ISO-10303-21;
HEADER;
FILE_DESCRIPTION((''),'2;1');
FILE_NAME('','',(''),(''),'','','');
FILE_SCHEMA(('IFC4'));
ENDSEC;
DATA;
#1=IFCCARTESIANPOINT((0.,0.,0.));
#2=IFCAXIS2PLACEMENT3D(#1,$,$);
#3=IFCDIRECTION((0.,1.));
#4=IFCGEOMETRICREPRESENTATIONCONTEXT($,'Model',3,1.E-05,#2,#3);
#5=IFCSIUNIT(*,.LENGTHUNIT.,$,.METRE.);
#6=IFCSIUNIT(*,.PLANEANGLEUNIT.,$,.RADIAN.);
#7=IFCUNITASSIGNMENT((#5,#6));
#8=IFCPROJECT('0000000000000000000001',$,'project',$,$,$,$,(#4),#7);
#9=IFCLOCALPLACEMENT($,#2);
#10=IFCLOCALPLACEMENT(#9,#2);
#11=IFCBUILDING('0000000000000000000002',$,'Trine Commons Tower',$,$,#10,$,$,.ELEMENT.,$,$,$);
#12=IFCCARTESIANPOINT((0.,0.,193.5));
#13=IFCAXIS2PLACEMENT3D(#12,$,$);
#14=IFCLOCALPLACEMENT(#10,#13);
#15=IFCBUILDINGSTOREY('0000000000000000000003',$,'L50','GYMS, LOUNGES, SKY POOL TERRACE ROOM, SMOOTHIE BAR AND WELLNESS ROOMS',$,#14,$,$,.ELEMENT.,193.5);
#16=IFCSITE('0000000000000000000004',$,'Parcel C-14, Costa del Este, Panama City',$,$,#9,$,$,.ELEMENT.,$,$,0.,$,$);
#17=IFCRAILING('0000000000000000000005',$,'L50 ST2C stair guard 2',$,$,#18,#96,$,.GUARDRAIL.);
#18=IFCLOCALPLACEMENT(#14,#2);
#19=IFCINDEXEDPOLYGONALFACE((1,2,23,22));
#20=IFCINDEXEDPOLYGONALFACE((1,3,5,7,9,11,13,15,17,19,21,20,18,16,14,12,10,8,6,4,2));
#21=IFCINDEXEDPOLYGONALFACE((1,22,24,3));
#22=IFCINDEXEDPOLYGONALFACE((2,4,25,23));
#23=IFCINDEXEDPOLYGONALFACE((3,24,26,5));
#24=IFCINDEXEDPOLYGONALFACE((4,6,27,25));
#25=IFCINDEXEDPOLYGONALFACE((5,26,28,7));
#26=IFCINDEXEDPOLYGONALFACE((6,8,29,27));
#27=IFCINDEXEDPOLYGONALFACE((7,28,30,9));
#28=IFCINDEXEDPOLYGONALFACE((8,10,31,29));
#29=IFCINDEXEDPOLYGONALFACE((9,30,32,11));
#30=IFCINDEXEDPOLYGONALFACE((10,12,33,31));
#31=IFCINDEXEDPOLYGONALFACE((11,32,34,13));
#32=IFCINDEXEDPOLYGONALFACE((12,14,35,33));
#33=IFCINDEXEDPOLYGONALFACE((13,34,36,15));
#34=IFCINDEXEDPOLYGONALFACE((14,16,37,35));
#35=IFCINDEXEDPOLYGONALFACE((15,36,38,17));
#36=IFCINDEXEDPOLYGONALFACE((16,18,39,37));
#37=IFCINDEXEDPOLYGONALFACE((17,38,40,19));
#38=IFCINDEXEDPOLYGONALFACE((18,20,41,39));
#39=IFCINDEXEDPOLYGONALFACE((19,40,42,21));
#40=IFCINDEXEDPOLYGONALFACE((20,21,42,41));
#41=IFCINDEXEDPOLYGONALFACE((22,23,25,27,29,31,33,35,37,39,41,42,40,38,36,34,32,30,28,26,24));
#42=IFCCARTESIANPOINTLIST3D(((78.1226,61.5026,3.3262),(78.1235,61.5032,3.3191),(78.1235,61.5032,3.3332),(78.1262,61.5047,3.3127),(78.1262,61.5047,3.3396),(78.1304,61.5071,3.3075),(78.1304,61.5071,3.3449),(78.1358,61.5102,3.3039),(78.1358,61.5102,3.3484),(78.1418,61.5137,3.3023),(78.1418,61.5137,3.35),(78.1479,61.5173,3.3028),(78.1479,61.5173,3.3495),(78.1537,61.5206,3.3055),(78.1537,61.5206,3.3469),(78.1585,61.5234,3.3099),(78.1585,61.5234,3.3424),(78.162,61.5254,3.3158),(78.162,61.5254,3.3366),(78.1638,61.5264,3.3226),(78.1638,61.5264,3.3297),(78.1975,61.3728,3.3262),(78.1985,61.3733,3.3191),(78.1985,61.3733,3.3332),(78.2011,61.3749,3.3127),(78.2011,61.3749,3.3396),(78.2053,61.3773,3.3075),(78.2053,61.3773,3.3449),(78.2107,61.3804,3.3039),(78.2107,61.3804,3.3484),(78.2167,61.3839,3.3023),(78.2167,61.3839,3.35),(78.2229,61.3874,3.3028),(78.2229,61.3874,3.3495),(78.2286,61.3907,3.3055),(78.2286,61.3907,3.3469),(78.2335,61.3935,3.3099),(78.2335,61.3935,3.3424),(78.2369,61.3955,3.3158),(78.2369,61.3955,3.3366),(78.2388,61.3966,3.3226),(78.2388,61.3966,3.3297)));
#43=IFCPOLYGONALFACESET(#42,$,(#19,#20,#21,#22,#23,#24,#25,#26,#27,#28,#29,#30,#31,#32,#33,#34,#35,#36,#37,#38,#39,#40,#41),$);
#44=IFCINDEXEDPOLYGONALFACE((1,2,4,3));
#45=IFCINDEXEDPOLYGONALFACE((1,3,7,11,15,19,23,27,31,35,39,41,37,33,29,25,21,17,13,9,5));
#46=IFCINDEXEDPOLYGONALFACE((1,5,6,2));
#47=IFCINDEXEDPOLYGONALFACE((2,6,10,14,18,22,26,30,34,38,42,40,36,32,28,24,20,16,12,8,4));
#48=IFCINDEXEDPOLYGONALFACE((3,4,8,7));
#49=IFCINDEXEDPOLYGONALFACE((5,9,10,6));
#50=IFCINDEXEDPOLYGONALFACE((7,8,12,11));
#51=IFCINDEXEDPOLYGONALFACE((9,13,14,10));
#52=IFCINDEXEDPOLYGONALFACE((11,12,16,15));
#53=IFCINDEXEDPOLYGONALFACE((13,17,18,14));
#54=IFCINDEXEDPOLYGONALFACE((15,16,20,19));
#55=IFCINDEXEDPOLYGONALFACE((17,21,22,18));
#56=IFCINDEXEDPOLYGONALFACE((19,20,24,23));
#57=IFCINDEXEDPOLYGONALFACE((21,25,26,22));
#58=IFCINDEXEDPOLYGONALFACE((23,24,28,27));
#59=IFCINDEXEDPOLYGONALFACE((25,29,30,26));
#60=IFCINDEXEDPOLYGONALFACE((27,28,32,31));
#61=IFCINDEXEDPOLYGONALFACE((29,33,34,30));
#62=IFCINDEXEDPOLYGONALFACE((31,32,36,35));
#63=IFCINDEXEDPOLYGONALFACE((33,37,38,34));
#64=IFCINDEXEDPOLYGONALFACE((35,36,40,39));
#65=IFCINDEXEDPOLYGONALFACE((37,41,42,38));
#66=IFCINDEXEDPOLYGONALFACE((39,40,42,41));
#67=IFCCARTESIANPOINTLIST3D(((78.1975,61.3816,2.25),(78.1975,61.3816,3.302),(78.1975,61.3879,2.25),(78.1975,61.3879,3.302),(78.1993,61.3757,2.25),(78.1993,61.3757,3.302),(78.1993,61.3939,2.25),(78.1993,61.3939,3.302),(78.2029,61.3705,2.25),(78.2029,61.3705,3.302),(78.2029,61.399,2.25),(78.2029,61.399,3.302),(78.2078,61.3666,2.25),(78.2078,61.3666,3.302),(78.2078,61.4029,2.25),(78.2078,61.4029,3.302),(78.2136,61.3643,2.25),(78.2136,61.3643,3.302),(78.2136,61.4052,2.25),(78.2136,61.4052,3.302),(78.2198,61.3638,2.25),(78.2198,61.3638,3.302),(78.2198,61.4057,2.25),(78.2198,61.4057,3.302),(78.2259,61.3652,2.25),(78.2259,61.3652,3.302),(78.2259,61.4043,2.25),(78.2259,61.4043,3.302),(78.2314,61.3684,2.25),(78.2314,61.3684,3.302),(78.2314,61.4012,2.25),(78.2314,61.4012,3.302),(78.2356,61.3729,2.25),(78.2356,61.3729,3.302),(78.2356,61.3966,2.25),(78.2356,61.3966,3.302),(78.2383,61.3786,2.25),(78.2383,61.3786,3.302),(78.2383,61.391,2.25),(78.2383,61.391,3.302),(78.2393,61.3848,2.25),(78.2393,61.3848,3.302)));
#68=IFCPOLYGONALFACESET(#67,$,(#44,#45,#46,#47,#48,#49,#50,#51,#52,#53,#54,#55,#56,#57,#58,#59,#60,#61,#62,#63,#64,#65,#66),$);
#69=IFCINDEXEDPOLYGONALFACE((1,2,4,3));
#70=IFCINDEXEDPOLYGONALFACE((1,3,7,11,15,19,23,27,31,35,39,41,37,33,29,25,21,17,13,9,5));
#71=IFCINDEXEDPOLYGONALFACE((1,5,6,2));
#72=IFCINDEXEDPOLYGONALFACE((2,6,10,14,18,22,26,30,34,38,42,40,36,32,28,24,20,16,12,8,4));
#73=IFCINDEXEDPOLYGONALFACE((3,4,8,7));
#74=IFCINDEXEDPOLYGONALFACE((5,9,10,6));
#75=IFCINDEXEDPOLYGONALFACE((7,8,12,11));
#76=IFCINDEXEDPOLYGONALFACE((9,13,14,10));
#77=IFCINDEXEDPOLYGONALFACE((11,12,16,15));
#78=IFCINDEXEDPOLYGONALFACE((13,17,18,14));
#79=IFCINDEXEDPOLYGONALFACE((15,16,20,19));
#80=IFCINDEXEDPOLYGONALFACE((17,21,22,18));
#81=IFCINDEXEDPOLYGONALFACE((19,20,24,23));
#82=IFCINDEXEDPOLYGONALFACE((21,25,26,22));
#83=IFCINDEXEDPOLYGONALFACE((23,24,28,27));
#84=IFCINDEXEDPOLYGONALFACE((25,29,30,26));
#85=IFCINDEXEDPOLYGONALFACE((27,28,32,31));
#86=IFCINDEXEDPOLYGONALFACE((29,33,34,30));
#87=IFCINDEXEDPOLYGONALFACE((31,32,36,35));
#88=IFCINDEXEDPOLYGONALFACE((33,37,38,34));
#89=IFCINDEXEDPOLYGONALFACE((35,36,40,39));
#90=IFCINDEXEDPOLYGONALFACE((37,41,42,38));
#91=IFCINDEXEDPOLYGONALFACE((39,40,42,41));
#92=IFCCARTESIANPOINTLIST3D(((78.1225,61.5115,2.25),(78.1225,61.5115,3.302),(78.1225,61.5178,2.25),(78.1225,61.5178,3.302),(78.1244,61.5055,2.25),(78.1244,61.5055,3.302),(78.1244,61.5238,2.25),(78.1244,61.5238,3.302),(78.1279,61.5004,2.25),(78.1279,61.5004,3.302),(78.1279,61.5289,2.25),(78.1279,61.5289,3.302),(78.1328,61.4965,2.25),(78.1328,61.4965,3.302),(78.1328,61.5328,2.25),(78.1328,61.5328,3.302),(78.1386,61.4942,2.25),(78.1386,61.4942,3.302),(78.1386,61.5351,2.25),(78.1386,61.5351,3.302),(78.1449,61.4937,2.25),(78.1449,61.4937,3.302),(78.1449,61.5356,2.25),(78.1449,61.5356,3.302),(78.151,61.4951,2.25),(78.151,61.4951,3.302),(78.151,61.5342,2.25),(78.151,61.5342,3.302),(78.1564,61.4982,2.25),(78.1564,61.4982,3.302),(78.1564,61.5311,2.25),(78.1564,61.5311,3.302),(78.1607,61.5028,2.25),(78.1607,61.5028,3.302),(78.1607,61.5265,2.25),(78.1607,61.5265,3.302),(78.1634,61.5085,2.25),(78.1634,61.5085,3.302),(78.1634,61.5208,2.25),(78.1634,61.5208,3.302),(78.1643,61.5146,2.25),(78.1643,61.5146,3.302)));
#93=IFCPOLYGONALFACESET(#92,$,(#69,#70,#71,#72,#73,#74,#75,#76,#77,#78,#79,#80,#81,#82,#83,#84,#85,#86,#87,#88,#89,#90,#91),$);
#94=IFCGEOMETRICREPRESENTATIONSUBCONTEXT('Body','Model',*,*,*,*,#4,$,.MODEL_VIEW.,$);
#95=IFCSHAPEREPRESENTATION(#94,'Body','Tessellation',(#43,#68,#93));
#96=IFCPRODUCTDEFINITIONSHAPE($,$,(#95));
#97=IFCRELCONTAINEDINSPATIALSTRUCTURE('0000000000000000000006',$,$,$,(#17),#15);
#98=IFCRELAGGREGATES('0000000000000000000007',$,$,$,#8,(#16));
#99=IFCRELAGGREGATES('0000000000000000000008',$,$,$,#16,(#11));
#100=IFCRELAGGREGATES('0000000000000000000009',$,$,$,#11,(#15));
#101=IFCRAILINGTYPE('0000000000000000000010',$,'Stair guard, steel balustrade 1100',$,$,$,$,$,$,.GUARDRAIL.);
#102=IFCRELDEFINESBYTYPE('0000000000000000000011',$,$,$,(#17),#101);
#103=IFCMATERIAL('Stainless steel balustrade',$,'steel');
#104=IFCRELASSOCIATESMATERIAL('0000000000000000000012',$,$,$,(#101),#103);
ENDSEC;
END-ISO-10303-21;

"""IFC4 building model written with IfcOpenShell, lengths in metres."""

from ifc_helpers import new_model, si_unit, direction, frame, origin, origin_2d, place, context, subcontext, project, spatial, circle, extrude, material, type_object, element, save


model = new_model("IFC4")

# Units and contexts
model_context = context("Model", 3, precision=1e-05, world=origin(), true_north=direction((0.0, 1.0)))
body_context = subcontext(model_context, "Body", "Model", "MODEL_VIEW")
ifc_project = project(units=[si_unit("LENGTHUNIT", "METRE"), si_unit("PLANEANGLEUNIT", "RADIAN")], contexts=[model_context])

# Site, building, storey
site_placement = place(None, origin())
site = spatial("IfcSite", under=ifc_project, at=site_placement, Name="Parcel C-14, Costa del Este, Panama City", CompositionType="ELEMENT", RefElevation=0.0)
building_placement = place(site_placement, origin())
building = spatial("IfcBuilding", under=site, at=building_placement, Name="Trine Commons Tower", CompositionType="ELEMENT")
storey_placement = place(building_placement, frame((0.0, 0.0, 193.5)))
storey = spatial("IfcBuildingStorey", under=building, at=storey_placement, Name="L50", Description="GYMS, LOUNGES, SKY POOL TERRACE ROOM, SMOOTHIE BAR AND WELLNESS ROOMS", CompositionType="ELEMENT", Elevation=193.5)

# Railing
ifc_material_1 = material(Name="Stainless steel balustrade", Category="steel")
railing_type_1 = type_object("IfcRailingType", Name="Stair guard, steel balustrade 1100", PredefinedType="GUARDRAIL", material=ifc_material_1)
railing_1_placement = place(storey_placement, frame((78.2183, 61.3848, 2.25)))
element("IfcRailing", 1, at=railing_1_placement, inside=storey, type_object=railing_type_1, Name="L50 ST2C stair guard 2", PredefinedType="GUARDRAIL", context=body_context, shape_type="SweptSolid", body=[
    extrude(circle(Radius=0.0239, at=origin_2d()), frame((0.0, 0.0, 1.0762), z_axis=(-0.499816, 0.866131, 0.0), x_axis=(-0.866131, -0.499816, 0.0)), (0.0, 0.0, 1.0), 0.1499),
    extrude(circle(Radius=0.021, at=origin_2d()), origin(), (0.0, 0.0, 1.0), 1.052),
    extrude(circle(Radius=0.021, at=origin_2d()), frame((-0.075, 0.1299, 0.0)), (0.0, 0.0, 1.0), 1.052),
])

save(model, "model.ifc")
